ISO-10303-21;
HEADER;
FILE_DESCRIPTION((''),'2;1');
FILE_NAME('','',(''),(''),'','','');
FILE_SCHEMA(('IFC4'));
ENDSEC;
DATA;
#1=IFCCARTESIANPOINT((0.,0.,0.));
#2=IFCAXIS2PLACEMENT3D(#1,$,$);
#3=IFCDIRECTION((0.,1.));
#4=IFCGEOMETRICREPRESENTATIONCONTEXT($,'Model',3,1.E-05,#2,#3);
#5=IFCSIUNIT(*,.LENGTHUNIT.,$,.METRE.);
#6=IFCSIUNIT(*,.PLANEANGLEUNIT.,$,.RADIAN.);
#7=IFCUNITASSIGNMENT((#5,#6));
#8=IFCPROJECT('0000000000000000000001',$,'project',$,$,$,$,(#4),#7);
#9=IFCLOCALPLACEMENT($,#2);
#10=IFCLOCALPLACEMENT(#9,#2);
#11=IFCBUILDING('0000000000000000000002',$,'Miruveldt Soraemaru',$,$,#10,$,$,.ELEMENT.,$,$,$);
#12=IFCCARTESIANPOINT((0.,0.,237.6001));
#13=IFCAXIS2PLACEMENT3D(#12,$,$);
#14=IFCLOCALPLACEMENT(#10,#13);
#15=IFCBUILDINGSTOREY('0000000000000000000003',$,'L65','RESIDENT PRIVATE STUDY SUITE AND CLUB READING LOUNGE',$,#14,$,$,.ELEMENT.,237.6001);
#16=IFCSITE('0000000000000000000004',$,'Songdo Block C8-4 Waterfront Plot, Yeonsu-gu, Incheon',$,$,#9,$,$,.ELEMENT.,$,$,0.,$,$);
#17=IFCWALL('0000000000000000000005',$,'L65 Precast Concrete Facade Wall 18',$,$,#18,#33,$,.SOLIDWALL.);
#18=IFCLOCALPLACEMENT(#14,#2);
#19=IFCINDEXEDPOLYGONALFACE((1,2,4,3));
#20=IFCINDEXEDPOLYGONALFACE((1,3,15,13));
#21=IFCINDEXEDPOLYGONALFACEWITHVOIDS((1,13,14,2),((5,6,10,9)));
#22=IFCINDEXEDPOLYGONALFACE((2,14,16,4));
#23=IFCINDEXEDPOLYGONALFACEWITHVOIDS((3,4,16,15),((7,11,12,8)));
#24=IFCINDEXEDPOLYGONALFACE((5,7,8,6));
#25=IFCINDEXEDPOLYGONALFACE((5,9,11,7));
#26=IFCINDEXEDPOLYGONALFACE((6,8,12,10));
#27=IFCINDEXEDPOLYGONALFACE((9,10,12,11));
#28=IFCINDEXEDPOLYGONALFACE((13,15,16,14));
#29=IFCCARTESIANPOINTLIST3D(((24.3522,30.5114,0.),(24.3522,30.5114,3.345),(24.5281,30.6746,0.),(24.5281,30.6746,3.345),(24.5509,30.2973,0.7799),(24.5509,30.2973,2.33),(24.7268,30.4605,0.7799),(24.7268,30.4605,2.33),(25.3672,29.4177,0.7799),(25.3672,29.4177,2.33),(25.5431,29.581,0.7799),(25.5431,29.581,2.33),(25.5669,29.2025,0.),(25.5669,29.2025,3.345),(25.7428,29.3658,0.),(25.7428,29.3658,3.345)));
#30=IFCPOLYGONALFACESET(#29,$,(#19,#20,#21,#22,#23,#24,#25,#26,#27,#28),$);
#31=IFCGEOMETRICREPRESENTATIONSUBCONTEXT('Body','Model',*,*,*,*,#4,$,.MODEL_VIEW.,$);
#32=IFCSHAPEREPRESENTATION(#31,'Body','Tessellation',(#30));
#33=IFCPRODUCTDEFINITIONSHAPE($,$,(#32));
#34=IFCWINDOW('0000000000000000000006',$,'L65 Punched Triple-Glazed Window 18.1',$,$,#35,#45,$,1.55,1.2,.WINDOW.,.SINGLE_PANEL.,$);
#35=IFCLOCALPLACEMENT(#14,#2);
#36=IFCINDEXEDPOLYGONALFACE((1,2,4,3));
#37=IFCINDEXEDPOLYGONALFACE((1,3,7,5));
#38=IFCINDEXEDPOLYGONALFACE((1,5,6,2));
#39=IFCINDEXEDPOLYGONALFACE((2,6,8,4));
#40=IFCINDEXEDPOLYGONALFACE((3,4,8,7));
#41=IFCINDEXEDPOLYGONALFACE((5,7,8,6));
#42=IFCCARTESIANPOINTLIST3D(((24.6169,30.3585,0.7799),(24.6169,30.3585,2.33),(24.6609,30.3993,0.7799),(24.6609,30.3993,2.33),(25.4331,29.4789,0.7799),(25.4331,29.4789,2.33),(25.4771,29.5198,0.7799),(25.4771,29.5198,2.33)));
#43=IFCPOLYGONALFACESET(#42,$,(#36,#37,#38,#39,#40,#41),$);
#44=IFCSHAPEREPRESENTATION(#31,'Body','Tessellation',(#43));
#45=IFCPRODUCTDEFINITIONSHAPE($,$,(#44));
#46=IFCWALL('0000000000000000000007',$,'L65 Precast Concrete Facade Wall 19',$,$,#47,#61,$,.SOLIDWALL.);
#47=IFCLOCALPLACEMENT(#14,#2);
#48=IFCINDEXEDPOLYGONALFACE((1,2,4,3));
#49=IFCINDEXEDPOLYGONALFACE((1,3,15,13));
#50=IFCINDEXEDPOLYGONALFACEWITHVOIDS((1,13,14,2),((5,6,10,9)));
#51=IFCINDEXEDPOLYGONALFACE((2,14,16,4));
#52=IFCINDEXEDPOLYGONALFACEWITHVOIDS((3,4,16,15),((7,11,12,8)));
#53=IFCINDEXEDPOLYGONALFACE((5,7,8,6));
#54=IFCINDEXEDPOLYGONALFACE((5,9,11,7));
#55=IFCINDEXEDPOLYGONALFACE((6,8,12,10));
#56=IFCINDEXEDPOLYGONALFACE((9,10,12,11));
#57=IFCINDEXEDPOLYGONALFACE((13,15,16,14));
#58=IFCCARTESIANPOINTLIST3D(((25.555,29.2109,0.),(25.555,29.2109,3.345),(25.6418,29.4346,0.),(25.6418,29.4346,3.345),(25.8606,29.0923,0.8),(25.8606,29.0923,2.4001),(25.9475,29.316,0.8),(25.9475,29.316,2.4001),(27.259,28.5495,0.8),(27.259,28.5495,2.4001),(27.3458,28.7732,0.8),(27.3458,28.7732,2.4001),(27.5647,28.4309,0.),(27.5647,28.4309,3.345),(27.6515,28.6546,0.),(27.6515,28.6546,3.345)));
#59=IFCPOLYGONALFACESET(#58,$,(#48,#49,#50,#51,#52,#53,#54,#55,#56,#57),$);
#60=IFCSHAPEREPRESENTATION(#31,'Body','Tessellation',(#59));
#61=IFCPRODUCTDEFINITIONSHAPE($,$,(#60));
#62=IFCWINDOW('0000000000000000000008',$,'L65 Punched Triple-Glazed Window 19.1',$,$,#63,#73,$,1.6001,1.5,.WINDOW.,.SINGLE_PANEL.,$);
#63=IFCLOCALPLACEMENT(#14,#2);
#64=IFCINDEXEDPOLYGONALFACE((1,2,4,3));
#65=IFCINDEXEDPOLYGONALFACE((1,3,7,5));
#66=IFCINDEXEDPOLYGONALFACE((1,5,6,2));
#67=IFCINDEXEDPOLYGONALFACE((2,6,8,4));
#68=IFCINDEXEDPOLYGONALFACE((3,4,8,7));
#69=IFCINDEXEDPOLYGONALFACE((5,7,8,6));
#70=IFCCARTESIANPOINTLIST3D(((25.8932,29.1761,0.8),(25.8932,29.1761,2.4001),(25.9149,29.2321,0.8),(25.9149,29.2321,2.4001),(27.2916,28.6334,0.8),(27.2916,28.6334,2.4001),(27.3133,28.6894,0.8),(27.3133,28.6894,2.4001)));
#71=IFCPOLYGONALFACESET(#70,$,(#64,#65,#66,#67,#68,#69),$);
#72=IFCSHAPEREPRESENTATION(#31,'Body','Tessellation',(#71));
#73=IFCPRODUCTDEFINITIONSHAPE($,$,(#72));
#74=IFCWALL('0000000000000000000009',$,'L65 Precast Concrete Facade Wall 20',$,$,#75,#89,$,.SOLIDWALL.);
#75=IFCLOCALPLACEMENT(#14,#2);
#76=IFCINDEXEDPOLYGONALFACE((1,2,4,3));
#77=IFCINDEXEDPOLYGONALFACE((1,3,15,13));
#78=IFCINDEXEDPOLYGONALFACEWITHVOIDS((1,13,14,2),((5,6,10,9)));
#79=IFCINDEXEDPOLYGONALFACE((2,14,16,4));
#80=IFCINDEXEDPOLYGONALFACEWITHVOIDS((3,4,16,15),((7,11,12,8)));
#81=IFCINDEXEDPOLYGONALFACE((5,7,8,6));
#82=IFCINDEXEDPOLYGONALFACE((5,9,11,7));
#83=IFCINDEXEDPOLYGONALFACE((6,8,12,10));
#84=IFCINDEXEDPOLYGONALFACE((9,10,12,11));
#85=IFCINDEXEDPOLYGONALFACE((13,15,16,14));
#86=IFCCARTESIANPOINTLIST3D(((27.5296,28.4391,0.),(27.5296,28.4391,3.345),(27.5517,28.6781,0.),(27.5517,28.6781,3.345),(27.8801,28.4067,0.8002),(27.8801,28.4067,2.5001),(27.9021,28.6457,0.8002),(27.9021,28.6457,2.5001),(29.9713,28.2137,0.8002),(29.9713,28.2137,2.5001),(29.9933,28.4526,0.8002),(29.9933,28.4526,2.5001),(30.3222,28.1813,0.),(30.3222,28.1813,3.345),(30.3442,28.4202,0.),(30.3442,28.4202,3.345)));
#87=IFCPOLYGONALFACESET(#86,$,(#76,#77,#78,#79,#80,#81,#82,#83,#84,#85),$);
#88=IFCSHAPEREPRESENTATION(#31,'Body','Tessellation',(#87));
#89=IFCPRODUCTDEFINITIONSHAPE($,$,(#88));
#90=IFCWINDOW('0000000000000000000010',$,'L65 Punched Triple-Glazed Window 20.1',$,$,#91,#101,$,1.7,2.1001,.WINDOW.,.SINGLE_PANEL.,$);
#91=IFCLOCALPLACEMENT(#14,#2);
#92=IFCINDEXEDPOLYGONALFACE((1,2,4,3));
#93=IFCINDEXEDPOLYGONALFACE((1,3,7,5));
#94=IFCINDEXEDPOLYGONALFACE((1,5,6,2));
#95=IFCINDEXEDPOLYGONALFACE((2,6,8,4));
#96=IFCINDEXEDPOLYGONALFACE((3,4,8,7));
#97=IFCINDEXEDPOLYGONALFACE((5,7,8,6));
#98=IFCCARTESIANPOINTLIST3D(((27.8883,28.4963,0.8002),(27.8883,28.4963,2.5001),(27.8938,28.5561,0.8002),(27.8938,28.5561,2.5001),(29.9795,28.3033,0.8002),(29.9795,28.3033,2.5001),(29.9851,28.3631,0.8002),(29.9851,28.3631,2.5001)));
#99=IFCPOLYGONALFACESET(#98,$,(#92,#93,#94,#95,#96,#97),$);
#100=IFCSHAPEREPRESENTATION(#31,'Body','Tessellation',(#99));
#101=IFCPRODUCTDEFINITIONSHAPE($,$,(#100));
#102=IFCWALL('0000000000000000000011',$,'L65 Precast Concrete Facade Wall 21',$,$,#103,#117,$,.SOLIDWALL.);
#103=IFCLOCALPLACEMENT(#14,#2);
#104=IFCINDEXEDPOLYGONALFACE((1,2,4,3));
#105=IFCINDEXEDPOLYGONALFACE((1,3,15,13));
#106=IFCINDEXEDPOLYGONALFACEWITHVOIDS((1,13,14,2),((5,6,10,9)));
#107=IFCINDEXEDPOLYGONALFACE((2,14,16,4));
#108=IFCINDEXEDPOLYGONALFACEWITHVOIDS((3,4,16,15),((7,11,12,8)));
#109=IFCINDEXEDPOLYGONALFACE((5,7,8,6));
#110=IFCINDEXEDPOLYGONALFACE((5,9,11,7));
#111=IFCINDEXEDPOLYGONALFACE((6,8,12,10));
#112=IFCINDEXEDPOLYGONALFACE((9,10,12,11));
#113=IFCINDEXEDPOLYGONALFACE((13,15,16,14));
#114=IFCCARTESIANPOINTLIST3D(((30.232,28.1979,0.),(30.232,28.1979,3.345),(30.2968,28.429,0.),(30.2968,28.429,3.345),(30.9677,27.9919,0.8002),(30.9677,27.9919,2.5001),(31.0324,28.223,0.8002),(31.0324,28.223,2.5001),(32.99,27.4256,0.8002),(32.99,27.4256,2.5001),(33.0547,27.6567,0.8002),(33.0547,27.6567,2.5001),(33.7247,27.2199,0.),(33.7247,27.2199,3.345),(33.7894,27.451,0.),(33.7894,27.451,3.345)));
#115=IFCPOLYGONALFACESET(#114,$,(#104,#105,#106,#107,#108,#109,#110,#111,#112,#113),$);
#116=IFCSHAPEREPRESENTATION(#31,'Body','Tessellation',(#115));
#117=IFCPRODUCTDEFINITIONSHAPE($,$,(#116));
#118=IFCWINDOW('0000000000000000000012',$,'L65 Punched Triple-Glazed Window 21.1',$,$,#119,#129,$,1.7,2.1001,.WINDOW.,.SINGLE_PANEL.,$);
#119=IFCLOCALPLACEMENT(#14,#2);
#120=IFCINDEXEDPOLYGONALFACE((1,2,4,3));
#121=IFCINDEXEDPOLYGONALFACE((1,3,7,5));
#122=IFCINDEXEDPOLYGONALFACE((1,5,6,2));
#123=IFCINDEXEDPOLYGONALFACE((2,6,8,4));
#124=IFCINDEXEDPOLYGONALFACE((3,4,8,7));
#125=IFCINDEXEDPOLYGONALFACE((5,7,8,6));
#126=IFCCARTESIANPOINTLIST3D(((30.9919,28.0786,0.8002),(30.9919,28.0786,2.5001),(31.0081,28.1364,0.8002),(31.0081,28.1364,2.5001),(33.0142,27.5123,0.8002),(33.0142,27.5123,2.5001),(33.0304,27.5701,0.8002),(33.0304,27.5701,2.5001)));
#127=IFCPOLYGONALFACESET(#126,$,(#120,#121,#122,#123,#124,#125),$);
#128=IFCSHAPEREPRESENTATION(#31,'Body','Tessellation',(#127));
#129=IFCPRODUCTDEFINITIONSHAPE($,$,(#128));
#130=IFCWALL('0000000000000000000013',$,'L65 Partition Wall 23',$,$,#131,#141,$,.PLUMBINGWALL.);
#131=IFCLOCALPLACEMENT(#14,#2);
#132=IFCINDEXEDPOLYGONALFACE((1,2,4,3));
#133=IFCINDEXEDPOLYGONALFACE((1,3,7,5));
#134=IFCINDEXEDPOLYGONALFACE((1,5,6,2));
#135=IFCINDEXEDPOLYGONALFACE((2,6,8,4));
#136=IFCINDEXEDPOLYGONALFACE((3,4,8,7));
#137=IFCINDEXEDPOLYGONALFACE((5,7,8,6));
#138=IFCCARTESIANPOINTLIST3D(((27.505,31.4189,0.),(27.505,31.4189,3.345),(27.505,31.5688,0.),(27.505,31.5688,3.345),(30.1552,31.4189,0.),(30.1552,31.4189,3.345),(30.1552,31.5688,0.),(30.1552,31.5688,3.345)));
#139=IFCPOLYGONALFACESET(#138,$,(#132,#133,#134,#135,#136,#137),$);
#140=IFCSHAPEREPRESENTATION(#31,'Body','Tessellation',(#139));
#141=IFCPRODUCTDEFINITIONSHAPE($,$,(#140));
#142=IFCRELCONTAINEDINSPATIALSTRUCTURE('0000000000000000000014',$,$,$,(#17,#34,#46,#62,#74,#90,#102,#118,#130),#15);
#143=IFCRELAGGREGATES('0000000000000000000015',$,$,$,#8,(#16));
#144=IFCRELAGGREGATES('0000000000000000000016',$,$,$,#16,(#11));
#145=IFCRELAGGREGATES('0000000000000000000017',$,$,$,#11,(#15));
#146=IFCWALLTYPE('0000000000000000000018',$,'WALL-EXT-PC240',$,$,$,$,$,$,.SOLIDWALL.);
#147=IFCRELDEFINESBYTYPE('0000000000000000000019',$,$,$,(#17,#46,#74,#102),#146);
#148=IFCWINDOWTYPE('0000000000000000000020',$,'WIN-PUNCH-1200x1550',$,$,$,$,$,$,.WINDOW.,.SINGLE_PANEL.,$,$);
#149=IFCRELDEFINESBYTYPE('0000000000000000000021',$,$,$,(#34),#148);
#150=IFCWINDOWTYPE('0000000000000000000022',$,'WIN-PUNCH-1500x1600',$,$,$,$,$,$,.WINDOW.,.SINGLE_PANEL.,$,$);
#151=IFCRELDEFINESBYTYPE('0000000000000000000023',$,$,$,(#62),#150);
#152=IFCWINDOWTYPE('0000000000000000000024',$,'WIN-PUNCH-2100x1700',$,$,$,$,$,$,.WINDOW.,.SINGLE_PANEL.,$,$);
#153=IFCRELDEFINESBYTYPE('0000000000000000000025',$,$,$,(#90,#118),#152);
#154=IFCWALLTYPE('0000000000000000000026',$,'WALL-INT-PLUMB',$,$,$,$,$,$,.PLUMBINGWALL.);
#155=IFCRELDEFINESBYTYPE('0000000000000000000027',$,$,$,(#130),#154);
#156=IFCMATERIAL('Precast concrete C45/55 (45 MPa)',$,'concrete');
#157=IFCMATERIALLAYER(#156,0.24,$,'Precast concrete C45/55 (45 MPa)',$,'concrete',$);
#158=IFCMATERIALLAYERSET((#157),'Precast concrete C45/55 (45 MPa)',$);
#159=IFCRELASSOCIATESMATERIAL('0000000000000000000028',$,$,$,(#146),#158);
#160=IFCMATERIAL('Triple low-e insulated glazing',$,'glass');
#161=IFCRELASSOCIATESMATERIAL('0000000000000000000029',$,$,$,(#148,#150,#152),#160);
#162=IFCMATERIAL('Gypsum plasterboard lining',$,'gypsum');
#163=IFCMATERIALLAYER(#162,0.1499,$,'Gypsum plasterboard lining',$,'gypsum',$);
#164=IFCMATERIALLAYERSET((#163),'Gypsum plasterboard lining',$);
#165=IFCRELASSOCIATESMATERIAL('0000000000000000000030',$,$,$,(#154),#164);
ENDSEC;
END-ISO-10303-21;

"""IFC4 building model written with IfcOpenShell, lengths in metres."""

from ifc_helpers import new_model, si_unit, direction, frame, frame_2d, origin, place, context, subcontext, project, spatial, rectangle, extrude, material, layer, layer_set, type_object, element, fill, save


model = new_model("IFC4")

# Units and contexts
model_context = context("Model", 3, precision=1e-05, world=origin(), true_north=direction((0.0, 1.0)))
body_context = subcontext(model_context, "Body", "Model", "MODEL_VIEW")
ifc_project = project(units=[si_unit("LENGTHUNIT", "METRE"), si_unit("PLANEANGLEUNIT", "RADIAN")], contexts=[model_context])

# Site, building, storey
site_placement = place(None, origin())
site = spatial("IfcSite", under=ifc_project, at=site_placement, Name="Songdo Block C8-4 Waterfront Plot, Yeonsu-gu, Incheon", CompositionType="ELEMENT", RefElevation=0.0)
building_placement = place(site_placement, origin())
building = spatial("IfcBuilding", under=site, at=building_placement, Name="Miruveldt Soraemaru", CompositionType="ELEMENT")
storey_placement = place(building_placement, frame((0.0, 0.0, 237.6001)))
storey = spatial("IfcBuildingStorey", under=building, at=storey_placement, Name="L65", Description="RESIDENT PRIVATE STUDY SUITE AND CLUB READING LOUNGE", CompositionType="ELEMENT", Elevation=237.6001)

# Walls, openings, windows
ifc_material_1 = material(Name="Precast concrete C45/55 (45 MPa)", Category="concrete")
ifc_layer_1 = layer(ifc_material_1, 0.24, Name="Precast concrete C45/55 (45 MPa)", Category="concrete")
ifc_layer_set_1 = layer_set([ifc_layer_1], Name="Precast concrete C45/55 (45 MPa)")
wall_type_1 = type_object("IfcWallType", Name="WALL-EXT-PC240", PredefinedType="SOLIDWALL", material=ifc_layer_set_1)
wall_1_placement = place(storey_placement, frame((24.4402, 30.593, 0.0), z_axis=(0.0, 0.0, 1.0), x_axis=(0.680226, -0.733003, 0.0)))
wall_1 = element("IfcWall", 1, at=wall_1_placement, inside=storey, type_object=wall_type_1, Name="L65 Precast Concrete Facade Wall 18", PredefinedType="SOLIDWALL", context=body_context, shape_type="SweptSolid", body=[
    extrude(rectangle(XDim=1.7856, YDim=0.24, at=frame_2d((0.8928, 0.0))), origin(), (0.0, 0.0, 1.0), 3.345),
])
opening_1_placement = place(wall_1_placement, frame((0.292, 0.0, 0.78)))
opening_1 = element("IfcOpeningElement", 2, at=opening_1_placement, cuts=wall_1, PredefinedType="OPENING", context=body_context, shape_type="SweptSolid", body=[
    extrude(rectangle(XDim=1.2, YDim=1.55, at=frame_2d((0.6001, 0.7749))), frame((0.0, 0.1299, 0.0), z_axis=(0.0, -1.0, 0.0), x_axis=(1.0, 0.0, 0.0)), (0.0, 0.0, 1.0), 0.26),
])
ifc_material_2 = material(Name="Triple low-e insulated glazing", Category="glass")
window_type_1 = type_object("IfcWindowType", Name="WIN-PUNCH-1200x1550", PartitioningType="SINGLE_PANEL", PredefinedType="WINDOW", material=ifc_material_2)
window_1_placement = place(opening_1_placement, origin())
window_1 = element("IfcWindow", 3, at=window_1_placement, inside=storey, type_object=window_type_1, Name="L65 Punched Triple-Glazed Window 18.1", OverallHeight=1.55, OverallWidth=1.2, PartitioningType="SINGLE_PANEL", PredefinedType="WINDOW", context=body_context, shape_type="SweptSolid", body=[
    extrude(rectangle(XDim=1.2, YDim=1.55, at=frame_2d((0.6001, 0.7749))), frame((0.0, 0.03, 0.0), z_axis=(0.0, -1.0, 0.0), x_axis=(1.0, 0.0, 0.0)), (0.0, 0.0, 1.0), 0.0601),
])
fill(opening_1, window_1)
wall_2_placement = place(storey_placement, frame((25.5984, 29.3228, 0.0), z_axis=(0.0, 0.0, 1.0), x_axis=(0.932247, -0.361823, 0.0)))
wall_2 = element("IfcWall", 4, at=wall_2_placement, inside=storey, type_object=wall_type_1, Name="L65 Precast Concrete Facade Wall 19", PredefinedType="SOLIDWALL", context=body_context, shape_type="SweptSolid", body=[
    extrude(rectangle(XDim=2.1558, YDim=0.24, at=frame_2d((1.0779, 0.0))), origin(), (0.0, 0.0, 1.0), 3.345),
])
opening_2_placement = place(wall_2_placement, frame((0.3279, 0.0, 0.8)))
opening_2 = element("IfcOpeningElement", 5, at=opening_2_placement, cuts=wall_2, PredefinedType="OPENING", context=body_context, shape_type="SweptSolid", body=[
    extrude(rectangle(XDim=1.5, YDim=1.6001, at=frame_2d((0.75, 0.8))), frame((0.0, 0.1299, 0.0), z_axis=(0.0, -1.0, 0.0), x_axis=(1.0, 0.0, 0.0)), (0.0, 0.0, 1.0), 0.26),
])
window_type_2 = type_object("IfcWindowType", Name="WIN-PUNCH-1500x1600", PartitioningType="SINGLE_PANEL", PredefinedType="WINDOW", material=ifc_material_2)
window_2_placement = place(opening_2_placement, origin())
window_2 = element("IfcWindow", 6, at=window_2_placement, inside=storey, type_object=window_type_2, Name="L65 Punched Triple-Glazed Window 19.1", OverallHeight=1.6001, OverallWidth=1.5, PartitioningType="SINGLE_PANEL", PredefinedType="WINDOW", context=body_context, shape_type="SweptSolid", body=[
    extrude(rectangle(XDim=1.5, YDim=1.6001, at=frame_2d((0.75, 0.8))), frame((0.0, 0.03, 0.0), z_axis=(0.0, -1.0, 0.0), x_axis=(1.0, 0.0, 0.0)), (0.0, 0.0, 1.0), 0.0601),
])
fill(opening_2, window_2)
wall_3_placement = place(storey_placement, frame((27.5405, 28.5586, 0.0), z_axis=(0.0, 0.0, 1.0), x_axis=(0.995765, -0.091933, 0.0)))
wall_3 = element("IfcWall", 7, at=wall_3_placement, inside=storey, type_object=wall_type_1, Name="L65 Precast Concrete Facade Wall 20", PredefinedType="SOLIDWALL", context=body_context, shape_type="SweptSolid", body=[
    extrude(rectangle(XDim=2.8044, YDim=0.24, at=frame_2d((1.4023, 0.0))), origin(), (0.0, 0.0, 1.0), 3.345),
])
opening_3_placement = place(wall_3_placement, frame((0.3521, 0.0, 0.8)))
opening_3 = element("IfcOpeningElement", 8, at=opening_3_placement, cuts=wall_3, PredefinedType="OPENING", context=body_context, shape_type="SweptSolid", body=[
    extrude(rectangle(XDim=2.1001, YDim=1.7, at=frame_2d((1.05, 0.8501))), frame((0.0, 0.1299, 0.0), z_axis=(0.0, -1.0, 0.0), x_axis=(1.0, 0.0, 0.0)), (0.0, 0.0, 1.0), 0.26),
])
window_type_3 = type_object("IfcWindowType", Name="WIN-PUNCH-2100x1700", PartitioningType="SINGLE_PANEL", PredefinedType="WINDOW", material=ifc_material_2)
window_3_placement = place(opening_3_placement, origin())
window_3 = element("IfcWindow", 9, at=window_3_placement, inside=storey, type_object=window_type_3, Name="L65 Punched Triple-Glazed Window 20.1", OverallHeight=1.7, OverallWidth=2.1001, PartitioningType="SINGLE_PANEL", PredefinedType="WINDOW", context=body_context, shape_type="SweptSolid", body=[
    extrude(rectangle(XDim=2.1001, YDim=1.7, at=frame_2d((1.05, 0.8501))), frame((0.0, 0.03, 0.0), z_axis=(0.0, -1.0, 0.0), x_axis=(1.0, 0.0, 0.0)), (0.0, 0.0, 1.0), 0.0601),
])
fill(opening_3, window_3)
wall_4_placement = place(storey_placement, frame((30.2644, 28.3135, 0.0), z_axis=(0.0, 0.0, 1.0), x_axis=(0.962958, -0.26965, 0.0)))
wall_4 = element("IfcWall", 10, at=wall_4_placement, inside=storey, type_object=wall_type_1, Name="L65 Precast Concrete Facade Wall 21", PredefinedType="SOLIDWALL", context=body_context, shape_type="SweptSolid", body=[
    extrude(rectangle(XDim=3.627, YDim=0.24, at=frame_2d((1.8135, 0.0))), origin(), (0.0, 0.0, 1.0), 3.345),
])
opening_4_placement = place(wall_4_placement, frame((0.7639, 0.0, 0.8)))
opening_4 = element("IfcOpeningElement", 11, at=opening_4_placement, cuts=wall_4, PredefinedType="OPENING", context=body_context, shape_type="SweptSolid", body=[
    extrude(rectangle(XDim=2.1001, YDim=1.7, at=frame_2d((1.05, 0.8501))), frame((0.0, 0.1299, 0.0), z_axis=(0.0, -1.0, 0.0), x_axis=(1.0, 0.0, 0.0)), (0.0, 0.0, 1.0), 0.26),
])
window_4_placement = place(opening_4_placement, origin())
window_4 = element("IfcWindow", 12, at=window_4_placement, inside=storey, type_object=window_type_3, Name="L65 Punched Triple-Glazed Window 21.1", OverallHeight=1.7, OverallWidth=2.1001, PartitioningType="SINGLE_PANEL", PredefinedType="WINDOW", context=body_context, shape_type="SweptSolid", body=[
    extrude(rectangle(XDim=2.1001, YDim=1.7, at=frame_2d((1.05, 0.8501))), frame((0.0, 0.03, 0.0), z_axis=(0.0, -1.0, 0.0), x_axis=(1.0, 0.0, 0.0)), (0.0, 0.0, 1.0), 0.0601),
])
fill(opening_4, window_4)

# Wall
ifc_material_3 = material(Name="Gypsum plasterboard lining", Category="gypsum")
ifc_layer_2 = layer(ifc_material_3, 0.1499, Name="Gypsum plasterboard lining", Category="gypsum")
ifc_layer_set_2 = layer_set([ifc_layer_2], Name="Gypsum plasterboard lining")
wall_type_2 = type_object("IfcWallType", Name="WALL-INT-PLUMB", PredefinedType="PLUMBINGWALL", material=ifc_layer_set_2)
wall_5_placement = place(storey_placement, frame((27.5049, 31.4939, 0.0), z_axis=(0.0, 0.0, 1.0), x_axis=(1.0, 0.0, 0.0)))
element("IfcWall", 13, at=wall_5_placement, inside=storey, type_object=wall_type_2, Name="L65 Partition Wall 23", PredefinedType="PLUMBINGWALL", context=body_context, shape_type="SweptSolid", body=[
    extrude(rectangle(XDim=2.6501, YDim=0.1499, at=frame_2d((1.3252, 0.0))), origin(), (0.0, 0.0, 1.0), 3.345),
])

save(model, "model.ifc")
